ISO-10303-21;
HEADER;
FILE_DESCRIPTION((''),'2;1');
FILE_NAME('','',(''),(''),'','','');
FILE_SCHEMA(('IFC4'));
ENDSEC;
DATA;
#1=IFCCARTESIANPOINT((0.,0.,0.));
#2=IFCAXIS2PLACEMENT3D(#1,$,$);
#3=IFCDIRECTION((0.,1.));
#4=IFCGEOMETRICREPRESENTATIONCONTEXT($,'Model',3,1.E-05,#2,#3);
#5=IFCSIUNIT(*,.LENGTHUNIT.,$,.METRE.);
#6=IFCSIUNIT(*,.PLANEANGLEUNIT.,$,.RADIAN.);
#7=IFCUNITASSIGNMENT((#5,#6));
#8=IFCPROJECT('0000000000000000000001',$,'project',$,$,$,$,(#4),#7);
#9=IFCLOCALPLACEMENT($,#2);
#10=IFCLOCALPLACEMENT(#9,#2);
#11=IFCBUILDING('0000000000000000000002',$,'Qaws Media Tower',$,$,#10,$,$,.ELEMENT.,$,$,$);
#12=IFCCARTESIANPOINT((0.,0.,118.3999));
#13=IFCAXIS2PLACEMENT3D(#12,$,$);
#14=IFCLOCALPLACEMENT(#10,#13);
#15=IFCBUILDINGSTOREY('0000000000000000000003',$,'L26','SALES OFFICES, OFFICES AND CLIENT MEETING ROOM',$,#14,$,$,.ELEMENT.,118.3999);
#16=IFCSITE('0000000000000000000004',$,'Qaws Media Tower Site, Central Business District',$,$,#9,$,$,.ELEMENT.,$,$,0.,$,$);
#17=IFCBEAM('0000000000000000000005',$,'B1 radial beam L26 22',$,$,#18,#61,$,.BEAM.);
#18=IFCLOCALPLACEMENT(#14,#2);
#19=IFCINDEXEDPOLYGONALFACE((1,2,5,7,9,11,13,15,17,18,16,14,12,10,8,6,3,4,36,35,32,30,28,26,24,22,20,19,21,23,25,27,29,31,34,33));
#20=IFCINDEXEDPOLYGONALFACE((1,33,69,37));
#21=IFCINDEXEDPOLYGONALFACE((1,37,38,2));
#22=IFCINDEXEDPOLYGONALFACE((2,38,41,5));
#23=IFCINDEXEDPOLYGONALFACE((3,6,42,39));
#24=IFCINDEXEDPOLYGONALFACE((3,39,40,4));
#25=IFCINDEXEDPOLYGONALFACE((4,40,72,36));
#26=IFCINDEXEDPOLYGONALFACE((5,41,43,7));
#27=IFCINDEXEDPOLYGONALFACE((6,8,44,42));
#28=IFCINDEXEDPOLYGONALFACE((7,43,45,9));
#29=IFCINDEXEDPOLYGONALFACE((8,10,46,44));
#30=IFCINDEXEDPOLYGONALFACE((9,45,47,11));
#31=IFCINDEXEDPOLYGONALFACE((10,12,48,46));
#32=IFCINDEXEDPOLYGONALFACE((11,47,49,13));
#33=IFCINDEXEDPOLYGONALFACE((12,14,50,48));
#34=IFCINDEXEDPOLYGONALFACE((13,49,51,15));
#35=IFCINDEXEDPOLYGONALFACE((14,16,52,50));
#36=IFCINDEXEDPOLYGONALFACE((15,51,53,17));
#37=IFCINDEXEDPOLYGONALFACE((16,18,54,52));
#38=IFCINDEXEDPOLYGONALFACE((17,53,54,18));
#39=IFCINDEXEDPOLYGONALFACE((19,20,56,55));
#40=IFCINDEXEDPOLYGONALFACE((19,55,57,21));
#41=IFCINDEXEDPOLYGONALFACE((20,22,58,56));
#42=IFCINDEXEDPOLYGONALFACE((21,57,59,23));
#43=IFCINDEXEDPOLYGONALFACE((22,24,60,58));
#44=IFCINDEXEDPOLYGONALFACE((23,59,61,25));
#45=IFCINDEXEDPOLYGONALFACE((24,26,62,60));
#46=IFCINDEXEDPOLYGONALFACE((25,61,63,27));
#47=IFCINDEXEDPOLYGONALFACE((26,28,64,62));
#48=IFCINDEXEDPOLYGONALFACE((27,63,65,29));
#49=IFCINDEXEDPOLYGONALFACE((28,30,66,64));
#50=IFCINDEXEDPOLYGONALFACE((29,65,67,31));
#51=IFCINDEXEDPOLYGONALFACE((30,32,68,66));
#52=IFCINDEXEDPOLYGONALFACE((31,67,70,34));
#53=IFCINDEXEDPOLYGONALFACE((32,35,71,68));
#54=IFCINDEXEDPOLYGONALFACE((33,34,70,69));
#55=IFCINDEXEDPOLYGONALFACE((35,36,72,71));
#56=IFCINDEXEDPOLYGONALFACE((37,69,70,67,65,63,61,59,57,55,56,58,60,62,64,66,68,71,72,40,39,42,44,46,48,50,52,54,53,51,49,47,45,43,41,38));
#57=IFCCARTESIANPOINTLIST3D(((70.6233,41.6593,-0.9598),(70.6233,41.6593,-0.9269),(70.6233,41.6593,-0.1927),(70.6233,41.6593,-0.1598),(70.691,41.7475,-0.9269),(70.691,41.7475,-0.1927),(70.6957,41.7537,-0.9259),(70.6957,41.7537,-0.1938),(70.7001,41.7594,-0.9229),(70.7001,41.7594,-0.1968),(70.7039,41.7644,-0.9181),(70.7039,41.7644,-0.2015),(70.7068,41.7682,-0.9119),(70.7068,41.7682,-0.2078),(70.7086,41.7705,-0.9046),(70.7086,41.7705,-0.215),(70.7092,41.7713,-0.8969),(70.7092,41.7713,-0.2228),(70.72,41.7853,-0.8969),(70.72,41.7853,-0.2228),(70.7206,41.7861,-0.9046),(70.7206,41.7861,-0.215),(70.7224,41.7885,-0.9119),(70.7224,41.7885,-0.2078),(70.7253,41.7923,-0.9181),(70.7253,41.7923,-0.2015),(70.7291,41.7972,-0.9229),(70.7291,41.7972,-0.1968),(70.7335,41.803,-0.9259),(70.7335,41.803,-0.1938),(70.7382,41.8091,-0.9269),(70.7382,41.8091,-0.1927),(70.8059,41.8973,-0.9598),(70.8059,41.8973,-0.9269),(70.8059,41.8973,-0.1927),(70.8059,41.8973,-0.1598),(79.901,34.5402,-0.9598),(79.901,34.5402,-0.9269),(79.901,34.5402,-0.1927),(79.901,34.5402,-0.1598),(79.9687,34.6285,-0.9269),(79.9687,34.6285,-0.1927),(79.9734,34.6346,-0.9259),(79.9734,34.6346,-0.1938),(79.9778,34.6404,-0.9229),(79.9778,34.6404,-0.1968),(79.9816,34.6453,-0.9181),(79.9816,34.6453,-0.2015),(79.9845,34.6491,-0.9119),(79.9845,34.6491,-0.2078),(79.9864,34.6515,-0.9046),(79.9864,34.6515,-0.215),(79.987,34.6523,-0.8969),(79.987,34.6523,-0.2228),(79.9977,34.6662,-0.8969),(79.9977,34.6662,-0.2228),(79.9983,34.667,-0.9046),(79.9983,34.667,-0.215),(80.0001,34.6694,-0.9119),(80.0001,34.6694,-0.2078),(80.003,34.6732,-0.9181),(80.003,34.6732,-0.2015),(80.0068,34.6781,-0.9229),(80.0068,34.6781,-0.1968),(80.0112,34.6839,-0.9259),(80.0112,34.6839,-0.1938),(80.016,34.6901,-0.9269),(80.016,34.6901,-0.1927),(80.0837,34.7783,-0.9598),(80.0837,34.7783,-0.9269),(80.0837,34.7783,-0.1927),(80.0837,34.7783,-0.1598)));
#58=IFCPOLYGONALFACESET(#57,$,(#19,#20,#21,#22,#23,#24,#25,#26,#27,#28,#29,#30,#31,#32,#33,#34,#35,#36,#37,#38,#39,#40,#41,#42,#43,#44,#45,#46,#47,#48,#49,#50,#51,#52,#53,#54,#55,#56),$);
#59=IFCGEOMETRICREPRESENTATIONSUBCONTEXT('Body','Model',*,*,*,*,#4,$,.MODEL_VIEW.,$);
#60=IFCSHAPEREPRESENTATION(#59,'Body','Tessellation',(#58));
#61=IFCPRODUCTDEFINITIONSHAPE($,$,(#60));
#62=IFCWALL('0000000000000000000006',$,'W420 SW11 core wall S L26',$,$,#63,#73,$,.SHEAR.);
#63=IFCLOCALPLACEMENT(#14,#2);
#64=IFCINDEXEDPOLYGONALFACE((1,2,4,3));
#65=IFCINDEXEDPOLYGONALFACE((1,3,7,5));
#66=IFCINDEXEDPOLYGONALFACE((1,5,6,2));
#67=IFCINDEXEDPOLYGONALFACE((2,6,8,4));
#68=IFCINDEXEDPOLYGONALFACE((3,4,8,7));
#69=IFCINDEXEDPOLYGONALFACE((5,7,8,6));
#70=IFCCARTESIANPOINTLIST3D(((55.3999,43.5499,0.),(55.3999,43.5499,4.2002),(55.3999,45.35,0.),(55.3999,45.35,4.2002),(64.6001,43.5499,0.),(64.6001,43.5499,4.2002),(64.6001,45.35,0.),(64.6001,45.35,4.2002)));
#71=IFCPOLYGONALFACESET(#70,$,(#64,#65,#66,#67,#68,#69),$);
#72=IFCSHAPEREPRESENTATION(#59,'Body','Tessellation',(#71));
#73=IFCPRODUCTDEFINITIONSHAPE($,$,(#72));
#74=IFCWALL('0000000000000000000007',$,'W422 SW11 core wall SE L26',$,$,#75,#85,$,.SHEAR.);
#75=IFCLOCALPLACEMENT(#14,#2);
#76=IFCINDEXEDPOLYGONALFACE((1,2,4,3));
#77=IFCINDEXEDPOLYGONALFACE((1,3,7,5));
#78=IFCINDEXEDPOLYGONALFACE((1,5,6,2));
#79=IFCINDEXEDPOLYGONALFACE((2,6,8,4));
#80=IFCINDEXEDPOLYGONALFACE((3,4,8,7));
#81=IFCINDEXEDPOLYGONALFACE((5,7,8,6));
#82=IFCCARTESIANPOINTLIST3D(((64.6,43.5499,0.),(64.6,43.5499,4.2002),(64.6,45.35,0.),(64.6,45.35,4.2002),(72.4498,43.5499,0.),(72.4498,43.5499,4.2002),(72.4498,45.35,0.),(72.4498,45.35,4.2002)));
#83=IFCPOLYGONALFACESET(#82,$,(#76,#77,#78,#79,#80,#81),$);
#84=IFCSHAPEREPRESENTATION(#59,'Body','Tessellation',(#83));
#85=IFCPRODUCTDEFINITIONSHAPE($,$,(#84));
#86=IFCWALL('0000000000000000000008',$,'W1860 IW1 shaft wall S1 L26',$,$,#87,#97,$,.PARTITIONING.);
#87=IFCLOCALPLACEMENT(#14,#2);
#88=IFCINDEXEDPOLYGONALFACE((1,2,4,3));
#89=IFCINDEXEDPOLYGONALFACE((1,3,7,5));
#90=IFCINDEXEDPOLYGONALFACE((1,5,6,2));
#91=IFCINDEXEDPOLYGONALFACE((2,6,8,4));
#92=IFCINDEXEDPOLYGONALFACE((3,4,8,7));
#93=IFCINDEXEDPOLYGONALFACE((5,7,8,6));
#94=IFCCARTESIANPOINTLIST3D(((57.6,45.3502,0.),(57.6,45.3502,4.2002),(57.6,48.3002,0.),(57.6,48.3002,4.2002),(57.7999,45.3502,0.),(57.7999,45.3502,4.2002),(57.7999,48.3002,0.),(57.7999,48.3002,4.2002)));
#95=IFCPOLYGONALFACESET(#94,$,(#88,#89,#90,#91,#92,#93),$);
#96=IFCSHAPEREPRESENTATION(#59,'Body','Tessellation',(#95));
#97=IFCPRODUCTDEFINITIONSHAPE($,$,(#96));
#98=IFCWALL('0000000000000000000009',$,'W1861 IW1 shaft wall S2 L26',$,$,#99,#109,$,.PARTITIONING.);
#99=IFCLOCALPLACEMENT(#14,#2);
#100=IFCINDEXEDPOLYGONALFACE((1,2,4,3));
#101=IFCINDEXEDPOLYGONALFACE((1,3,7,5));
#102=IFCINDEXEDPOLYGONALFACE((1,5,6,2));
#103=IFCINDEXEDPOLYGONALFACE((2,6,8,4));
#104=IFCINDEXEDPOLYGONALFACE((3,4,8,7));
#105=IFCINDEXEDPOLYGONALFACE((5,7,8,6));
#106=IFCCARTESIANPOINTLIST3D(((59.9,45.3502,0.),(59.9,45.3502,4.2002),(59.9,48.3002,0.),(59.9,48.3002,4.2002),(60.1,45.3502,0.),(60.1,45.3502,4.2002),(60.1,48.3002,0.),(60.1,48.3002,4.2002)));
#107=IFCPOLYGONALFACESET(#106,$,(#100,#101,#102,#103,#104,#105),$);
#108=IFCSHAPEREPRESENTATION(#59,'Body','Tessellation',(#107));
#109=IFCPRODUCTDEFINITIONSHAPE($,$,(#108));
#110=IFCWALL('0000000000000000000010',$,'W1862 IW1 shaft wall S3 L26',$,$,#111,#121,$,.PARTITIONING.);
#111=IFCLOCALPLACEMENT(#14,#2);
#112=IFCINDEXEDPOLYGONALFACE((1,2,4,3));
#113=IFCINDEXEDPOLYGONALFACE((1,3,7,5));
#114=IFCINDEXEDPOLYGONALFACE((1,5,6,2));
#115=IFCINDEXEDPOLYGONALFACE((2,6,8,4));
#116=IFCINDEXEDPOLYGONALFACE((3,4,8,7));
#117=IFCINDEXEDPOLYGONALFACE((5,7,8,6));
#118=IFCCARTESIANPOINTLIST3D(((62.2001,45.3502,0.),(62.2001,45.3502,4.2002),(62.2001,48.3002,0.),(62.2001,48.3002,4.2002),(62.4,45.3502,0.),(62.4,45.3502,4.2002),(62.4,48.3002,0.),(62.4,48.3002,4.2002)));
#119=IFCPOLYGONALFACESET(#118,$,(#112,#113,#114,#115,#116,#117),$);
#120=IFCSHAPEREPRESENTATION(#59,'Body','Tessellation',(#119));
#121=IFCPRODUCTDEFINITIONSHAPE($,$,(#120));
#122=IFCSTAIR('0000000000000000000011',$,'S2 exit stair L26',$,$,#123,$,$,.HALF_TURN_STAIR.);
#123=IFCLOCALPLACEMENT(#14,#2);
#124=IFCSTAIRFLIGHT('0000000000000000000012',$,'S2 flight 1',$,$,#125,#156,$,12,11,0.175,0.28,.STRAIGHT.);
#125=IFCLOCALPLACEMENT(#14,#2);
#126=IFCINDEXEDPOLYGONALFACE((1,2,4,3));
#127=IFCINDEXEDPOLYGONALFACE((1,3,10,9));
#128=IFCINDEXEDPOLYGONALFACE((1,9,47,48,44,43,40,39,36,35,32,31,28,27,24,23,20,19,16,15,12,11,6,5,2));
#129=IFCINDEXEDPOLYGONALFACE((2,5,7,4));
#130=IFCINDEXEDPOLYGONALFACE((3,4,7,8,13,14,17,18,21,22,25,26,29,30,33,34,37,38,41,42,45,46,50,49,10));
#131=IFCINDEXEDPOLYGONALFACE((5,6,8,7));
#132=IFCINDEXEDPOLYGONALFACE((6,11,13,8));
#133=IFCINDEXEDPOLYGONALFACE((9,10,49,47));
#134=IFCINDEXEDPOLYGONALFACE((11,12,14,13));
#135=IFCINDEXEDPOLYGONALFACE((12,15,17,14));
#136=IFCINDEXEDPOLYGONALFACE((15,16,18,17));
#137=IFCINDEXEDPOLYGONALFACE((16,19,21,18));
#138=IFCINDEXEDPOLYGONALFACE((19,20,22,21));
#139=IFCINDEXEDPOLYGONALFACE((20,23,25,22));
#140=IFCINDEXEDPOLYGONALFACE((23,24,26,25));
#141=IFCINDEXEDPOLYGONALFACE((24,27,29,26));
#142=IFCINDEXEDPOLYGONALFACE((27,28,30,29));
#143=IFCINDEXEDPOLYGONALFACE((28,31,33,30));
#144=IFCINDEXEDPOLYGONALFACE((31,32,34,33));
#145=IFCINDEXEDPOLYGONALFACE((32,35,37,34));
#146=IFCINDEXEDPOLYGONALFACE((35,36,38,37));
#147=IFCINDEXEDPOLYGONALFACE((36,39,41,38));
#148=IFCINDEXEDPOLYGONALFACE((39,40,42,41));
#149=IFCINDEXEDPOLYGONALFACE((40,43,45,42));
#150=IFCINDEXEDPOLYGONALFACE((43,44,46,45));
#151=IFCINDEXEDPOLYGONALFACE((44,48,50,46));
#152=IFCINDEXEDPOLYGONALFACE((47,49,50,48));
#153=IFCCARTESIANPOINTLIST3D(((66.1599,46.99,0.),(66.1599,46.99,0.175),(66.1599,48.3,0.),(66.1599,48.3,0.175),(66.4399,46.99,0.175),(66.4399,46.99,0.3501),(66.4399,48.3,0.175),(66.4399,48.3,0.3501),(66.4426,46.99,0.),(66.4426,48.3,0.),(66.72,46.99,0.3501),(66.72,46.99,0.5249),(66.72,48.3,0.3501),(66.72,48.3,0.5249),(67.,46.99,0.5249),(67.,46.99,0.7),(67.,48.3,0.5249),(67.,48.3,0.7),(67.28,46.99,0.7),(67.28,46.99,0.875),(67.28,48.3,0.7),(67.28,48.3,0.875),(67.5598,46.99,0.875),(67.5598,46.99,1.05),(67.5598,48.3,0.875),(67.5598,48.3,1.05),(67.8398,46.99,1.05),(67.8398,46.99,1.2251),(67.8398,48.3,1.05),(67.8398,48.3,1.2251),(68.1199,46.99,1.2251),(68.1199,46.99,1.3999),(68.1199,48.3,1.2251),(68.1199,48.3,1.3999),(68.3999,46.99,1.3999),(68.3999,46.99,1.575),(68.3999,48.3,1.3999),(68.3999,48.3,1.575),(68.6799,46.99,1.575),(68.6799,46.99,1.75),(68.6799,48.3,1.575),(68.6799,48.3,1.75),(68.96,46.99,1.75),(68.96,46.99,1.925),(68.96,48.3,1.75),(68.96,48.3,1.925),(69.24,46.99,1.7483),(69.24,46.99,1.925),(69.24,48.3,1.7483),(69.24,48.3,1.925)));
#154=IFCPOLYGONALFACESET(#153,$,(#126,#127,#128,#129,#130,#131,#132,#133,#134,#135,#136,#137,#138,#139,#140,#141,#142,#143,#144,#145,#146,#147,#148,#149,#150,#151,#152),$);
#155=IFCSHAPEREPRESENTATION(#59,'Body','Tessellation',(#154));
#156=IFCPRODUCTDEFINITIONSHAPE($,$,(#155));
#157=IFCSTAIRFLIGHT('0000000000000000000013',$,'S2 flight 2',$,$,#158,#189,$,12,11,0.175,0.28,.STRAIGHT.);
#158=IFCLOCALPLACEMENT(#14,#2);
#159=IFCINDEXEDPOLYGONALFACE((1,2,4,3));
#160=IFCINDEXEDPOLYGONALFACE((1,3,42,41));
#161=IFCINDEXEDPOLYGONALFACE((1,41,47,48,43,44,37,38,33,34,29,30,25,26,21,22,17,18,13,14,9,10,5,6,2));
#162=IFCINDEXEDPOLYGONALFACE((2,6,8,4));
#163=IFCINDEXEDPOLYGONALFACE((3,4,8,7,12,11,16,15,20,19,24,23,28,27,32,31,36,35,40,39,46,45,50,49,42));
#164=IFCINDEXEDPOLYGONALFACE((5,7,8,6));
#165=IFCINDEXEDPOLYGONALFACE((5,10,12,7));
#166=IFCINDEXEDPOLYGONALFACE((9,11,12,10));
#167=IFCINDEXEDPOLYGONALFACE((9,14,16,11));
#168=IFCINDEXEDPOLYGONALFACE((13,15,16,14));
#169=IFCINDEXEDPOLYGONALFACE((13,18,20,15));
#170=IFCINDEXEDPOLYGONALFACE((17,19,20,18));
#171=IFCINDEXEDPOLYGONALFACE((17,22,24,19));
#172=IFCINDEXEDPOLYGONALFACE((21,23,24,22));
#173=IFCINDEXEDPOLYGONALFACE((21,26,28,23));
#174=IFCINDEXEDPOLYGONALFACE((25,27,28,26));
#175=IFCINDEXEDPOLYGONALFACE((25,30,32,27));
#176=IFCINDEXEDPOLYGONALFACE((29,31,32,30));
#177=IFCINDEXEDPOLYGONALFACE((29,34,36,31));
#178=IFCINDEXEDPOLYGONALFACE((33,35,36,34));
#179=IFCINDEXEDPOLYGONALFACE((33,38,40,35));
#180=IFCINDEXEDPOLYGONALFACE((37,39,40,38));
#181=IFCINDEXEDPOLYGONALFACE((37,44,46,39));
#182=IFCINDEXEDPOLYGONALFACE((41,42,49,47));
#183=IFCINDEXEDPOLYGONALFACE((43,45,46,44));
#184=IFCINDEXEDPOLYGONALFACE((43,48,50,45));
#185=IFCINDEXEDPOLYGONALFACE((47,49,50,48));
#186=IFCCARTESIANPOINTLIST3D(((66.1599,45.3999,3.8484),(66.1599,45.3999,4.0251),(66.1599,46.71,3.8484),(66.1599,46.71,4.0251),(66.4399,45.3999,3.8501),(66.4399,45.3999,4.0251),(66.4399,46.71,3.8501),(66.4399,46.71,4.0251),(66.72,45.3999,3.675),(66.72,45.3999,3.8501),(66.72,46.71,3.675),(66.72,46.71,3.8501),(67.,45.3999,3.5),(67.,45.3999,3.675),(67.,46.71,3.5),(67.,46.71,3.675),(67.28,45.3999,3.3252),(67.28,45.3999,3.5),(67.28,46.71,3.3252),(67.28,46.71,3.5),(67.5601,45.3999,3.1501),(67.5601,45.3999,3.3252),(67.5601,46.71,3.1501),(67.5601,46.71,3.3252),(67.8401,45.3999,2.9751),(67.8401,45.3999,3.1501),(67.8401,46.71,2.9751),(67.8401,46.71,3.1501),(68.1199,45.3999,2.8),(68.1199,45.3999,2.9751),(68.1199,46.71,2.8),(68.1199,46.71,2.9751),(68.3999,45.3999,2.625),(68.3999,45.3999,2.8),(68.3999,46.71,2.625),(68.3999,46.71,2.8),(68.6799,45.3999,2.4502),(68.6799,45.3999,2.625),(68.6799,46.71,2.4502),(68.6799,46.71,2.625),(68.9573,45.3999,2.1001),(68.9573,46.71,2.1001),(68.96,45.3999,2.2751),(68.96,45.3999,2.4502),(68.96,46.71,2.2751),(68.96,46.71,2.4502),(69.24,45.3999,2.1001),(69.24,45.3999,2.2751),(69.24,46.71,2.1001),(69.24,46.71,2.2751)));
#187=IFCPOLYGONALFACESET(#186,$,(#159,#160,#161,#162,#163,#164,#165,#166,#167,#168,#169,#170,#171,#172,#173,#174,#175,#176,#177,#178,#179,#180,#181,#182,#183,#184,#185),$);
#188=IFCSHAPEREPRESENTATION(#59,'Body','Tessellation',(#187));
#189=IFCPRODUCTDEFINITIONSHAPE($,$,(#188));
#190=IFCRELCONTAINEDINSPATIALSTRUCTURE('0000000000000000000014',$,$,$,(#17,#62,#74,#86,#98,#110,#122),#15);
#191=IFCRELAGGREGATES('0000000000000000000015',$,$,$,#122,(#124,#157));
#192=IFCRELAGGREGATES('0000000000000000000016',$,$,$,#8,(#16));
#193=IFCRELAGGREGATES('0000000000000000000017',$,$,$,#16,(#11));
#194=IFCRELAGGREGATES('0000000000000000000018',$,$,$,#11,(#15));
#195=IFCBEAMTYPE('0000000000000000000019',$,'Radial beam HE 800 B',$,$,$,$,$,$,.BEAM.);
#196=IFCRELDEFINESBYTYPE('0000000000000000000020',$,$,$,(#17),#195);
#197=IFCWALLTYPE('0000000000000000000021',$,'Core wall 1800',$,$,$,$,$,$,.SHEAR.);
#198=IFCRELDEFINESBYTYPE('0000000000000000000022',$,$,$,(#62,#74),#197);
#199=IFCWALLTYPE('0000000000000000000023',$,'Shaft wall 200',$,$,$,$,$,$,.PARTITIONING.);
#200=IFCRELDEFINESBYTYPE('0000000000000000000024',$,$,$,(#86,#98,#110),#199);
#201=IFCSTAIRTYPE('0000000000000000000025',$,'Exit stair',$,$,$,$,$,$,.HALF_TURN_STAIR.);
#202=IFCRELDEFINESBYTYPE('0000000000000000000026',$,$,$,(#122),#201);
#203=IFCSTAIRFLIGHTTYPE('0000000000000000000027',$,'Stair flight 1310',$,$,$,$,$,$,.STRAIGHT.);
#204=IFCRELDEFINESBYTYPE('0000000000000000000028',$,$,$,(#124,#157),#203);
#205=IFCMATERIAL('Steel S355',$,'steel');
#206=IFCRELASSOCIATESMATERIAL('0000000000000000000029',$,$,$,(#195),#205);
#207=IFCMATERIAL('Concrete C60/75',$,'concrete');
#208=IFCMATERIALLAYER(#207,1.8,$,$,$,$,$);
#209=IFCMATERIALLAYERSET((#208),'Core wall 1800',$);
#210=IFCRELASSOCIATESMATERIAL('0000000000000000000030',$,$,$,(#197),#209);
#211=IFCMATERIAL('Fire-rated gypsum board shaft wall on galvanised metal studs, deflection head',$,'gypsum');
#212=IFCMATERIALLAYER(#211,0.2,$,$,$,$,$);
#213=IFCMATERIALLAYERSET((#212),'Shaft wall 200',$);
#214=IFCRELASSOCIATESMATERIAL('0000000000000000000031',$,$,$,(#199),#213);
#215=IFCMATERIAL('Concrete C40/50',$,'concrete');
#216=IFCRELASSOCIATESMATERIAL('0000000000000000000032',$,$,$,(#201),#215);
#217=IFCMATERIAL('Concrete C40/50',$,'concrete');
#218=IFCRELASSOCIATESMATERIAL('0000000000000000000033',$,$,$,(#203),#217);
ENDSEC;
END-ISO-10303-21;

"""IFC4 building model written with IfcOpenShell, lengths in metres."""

from ifc_helpers import new_model, si_unit, direction, frame, frame_2d, origin, origin_2d, place, context, subcontext, project, spatial, polyline, rectangle, i_section, outline, extrude, material, layer, layer_set, material_profile, profile_set, type_object, element, aggregate, save


model = new_model("IFC4")

# Units and contexts
model_context = context("Model", 3, precision=1e-05, world=origin(), true_north=direction((0.0, 1.0)))
body_context = subcontext(model_context, "Body", "Model", "MODEL_VIEW")
ifc_project = project(units=[si_unit("LENGTHUNIT", "METRE"), si_unit("PLANEANGLEUNIT", "RADIAN")], contexts=[model_context])

# Site, building, storey
site_placement = place(None, origin())
site = spatial("IfcSite", under=ifc_project, at=site_placement, Name="Qaws Media Tower Site, Central Business District", CompositionType="ELEMENT", RefElevation=0.0)
building_placement = place(site_placement, origin())
building = spatial("IfcBuilding", under=site, at=building_placement, Name="Qaws Media Tower", CompositionType="ELEMENT")
storey_placement = place(building_placement, frame((0.0, 0.0, 118.3999)))
storey = spatial("IfcBuildingStorey", under=building, at=storey_placement, Name="L26", Description="SALES OFFICES, OFFICES AND CLIENT MEETING ROOM", CompositionType="ELEMENT", Elevation=118.3999)

# Beam
ifc_material_1 = material(Name="Steel S355", Category="steel")
ifc_material_profile_1 = material_profile(ifc_material_1, i_section(OverallWidth=0.3, OverallDepth=0.8, WebThickness=0.0176, FlangeThickness=0.033, FilletRadius=0.03, at=origin_2d()), Name="HE 800 B")
ifc_profile_set_1 = profile_set([ifc_material_profile_1], Name="Steel S355")
beam_type_1 = type_object("IfcBeamType", Name="Radial beam HE 800 B", PredefinedType="BEAM", material=ifc_profile_set_1)
for number, where, z_axis, x_axis, name in (
    (1, (70.7146, 41.7783, -0.5598), (0.793353, -0.608762, 0.0), (0.608762, 0.793353, 0.0), "B1 radial beam L26 22"),
):
    element("IfcBeam", number, at=place(storey_placement, frame(where, z_axis=z_axis, x_axis=x_axis)), inside=storey, type_object=beam_type_1, Name=name, PredefinedType="BEAM", context=body_context, shape_type="SweptSolid", body=[
        extrude(i_section(OverallWidth=0.3, OverallDepth=0.8, WebThickness=0.0176, FlangeThickness=0.033, FilletRadius=0.03, at=origin_2d()), origin(), (0.0, 0.0, 1.0), 11.6943),
    ])

# Walls
ifc_material_2 = material(Name="Concrete C60/75", Category="concrete")
ifc_layer_1 = layer(ifc_material_2, 1.8)
ifc_layer_set_1 = layer_set([ifc_layer_1], Name="Core wall 1800")
wall_type_1 = type_object("IfcWallType", Name="Core wall 1800", PredefinedType="SHEAR", material=ifc_layer_set_1)
wall_1_placement = place(storey_placement, frame((55.3999, 44.45, 0.0), z_axis=(0.0, 0.0, 1.0), x_axis=(1.0, 0.0, 0.0)))
element("IfcWall", 2, at=wall_1_placement, inside=storey, type_object=wall_type_1, Name="W420 SW11 core wall S L26", PredefinedType="SHEAR", context=body_context, shape_type="SweptSolid", body=[
    extrude(rectangle(XDim=9.2002, YDim=1.8, at=frame_2d((4.6001, 0.0))), origin(), (0.0, 0.0, 1.0), 4.2002),
])
wall_2_placement = place(storey_placement, frame((64.6001, 44.45, 0.0), z_axis=(0.0, 0.0, 1.0), x_axis=(1.0, 0.0, 0.0)))
element("IfcWall", 3, at=wall_2_placement, inside=storey, type_object=wall_type_1, Name="W422 SW11 core wall SE L26", PredefinedType="SHEAR", context=body_context, shape_type="SweptSolid", body=[
    extrude(rectangle(XDim=7.8499, YDim=1.8, at=frame_2d((3.9248, 0.0))), origin(), (0.0, 0.0, 1.0), 4.2002),
])
ifc_material_3 = material(Name="Fire-rated gypsum board shaft wall on galvanised metal studs, deflection head", Category="gypsum")
ifc_layer_2 = layer(ifc_material_3, 0.2)
ifc_layer_set_2 = layer_set([ifc_layer_2], Name="Shaft wall 200")
wall_type_2 = type_object("IfcWallType", Name="Shaft wall 200", PredefinedType="PARTITIONING", material=ifc_layer_set_2)
for number, where, z_axis, x_axis, name in (
    (4, (57.7, 45.3501, 0.0), (0.0, 0.0, 1.0), (0.0, 1.0, 0.0), "W1860 IW1 shaft wall S1 L26"),
    (5, (60.0, 45.3501, 0.0), (0.0, 0.0, 1.0), (0.0, 1.0, 0.0), "W1861 IW1 shaft wall S2 L26"),
    (6, (62.3, 45.3501, 0.0), (0.0, 0.0, 1.0), (0.0, 1.0, 0.0), "W1862 IW1 shaft wall S3 L26"),
):
    element("IfcWall", number, at=place(storey_placement, frame(where, z_axis=z_axis, x_axis=x_axis)), inside=storey, type_object=wall_type_2, Name=name, PredefinedType="PARTITIONING", context=body_context, shape_type="SweptSolid", body=[
        extrude(rectangle(XDim=2.95, YDim=0.2, at=frame_2d((1.4751, 0.0))), origin(), (0.0, 0.0, 1.0), 4.2002),
    ])

# Stair, stair flights
ifc_material_4 = material(Name="Concrete C40/50", Category="concrete")
stair_type = type_object("IfcStairType", Name="Exit stair", PredefinedType="HALF_TURN_STAIR", material=ifc_material_4)
stair_placement = place(storey_placement, origin())
stair = element("IfcStair", 7, at=stair_placement, inside=storey, type_object=stair_type, Name="S2 exit stair L26", PredefinedType="HALF_TURN_STAIR")
ifc_material_5 = material(Name="Concrete C40/50", Category="concrete")
stair_flight_type = type_object("IfcStairFlightType", Name="Stair flight 1310", PredefinedType="STRAIGHT", material=ifc_material_5)
stair_flight_1_placement = place(storey_placement, frame((66.1599, 47.645, 0.0), z_axis=(0.0, 0.0, 1.0), x_axis=(1.0, 0.0, 0.0)))
stair_flight_1 = element("IfcStairFlight", 8, at=stair_flight_1_placement, type_object=stair_flight_type, Name="S2 flight 1", NumberOfRisers=12, NumberOfTreads=11, PredefinedType="STRAIGHT", RiserHeight=0.175, TreadLength=0.28, context=body_context, shape_type="SweptSolid", body=[
    extrude(outline(polyline([(0.0, 0.0), (0.0, 0.175), (0.28, 0.175), (0.28, 0.3501), (0.5601, 0.3501), (0.5601, 0.5249), (0.8401, 0.5249), (0.8401, 0.7), (1.1201, 0.7), (1.1201, 0.875), (1.3999, 0.875), (1.3999, 1.05), (1.6799, 1.05), (1.6799, 1.2251), (1.96, 1.2251), (1.96, 1.3999), (2.24, 1.3999), (2.24, 1.575), (2.52, 1.575), (2.52, 1.75), (2.8, 1.75), (2.8, 1.925), (3.0801, 1.925), (3.0801, 2.1001), (3.0801, 1.7483), (0.2827, 0.0), (0.0, 0.0)])), frame((0.0, 0.655, 0.0), z_axis=(0.0, -1.0, 0.0), x_axis=(1.0, 0.0, 0.0)), (0.0, 0.0, 1.0), 1.3101),
])
stair_flight_2_placement = place(storey_placement, frame((69.24, 46.0549, 2.1001), z_axis=(0.0, 0.0, 1.0), x_axis=(-1.0, 0.0, 0.0)))
stair_flight_2 = element("IfcStairFlight", 9, at=stair_flight_2_placement, type_object=stair_flight_type, Name="S2 flight 2", NumberOfRisers=12, NumberOfTreads=11, PredefinedType="STRAIGHT", RiserHeight=0.175, TreadLength=0.28, context=body_context, shape_type="SweptSolid", body=[
    extrude(outline(polyline([(0.0, 0.0), (0.0, 0.175), (0.28, 0.175), (0.28, 0.3501), (0.5601, 0.3501), (0.5601, 0.5249), (0.8401, 0.5249), (0.8401, 0.7), (1.1201, 0.7), (1.1201, 0.875), (1.3999, 0.875), (1.3999, 1.05), (1.6799, 1.05), (1.6799, 1.2251), (1.96, 1.2251), (1.96, 1.3999), (2.24, 1.3999), (2.24, 1.575), (2.52, 1.575), (2.52, 1.75), (2.8, 1.75), (2.8, 1.925), (3.0801, 1.925), (3.0801, 2.1001), (3.0801, 1.7483), (0.2827, 0.0), (0.0, 0.0)])), frame((0.0, 0.655, 0.0), z_axis=(0.0, -1.0, 0.0), x_axis=(1.0, 0.0, 0.0)), (0.0, 0.0, 1.0), 1.3101),
])
aggregate(stair, [stair_flight_1, stair_flight_2])

save(model, "model.ifc")
